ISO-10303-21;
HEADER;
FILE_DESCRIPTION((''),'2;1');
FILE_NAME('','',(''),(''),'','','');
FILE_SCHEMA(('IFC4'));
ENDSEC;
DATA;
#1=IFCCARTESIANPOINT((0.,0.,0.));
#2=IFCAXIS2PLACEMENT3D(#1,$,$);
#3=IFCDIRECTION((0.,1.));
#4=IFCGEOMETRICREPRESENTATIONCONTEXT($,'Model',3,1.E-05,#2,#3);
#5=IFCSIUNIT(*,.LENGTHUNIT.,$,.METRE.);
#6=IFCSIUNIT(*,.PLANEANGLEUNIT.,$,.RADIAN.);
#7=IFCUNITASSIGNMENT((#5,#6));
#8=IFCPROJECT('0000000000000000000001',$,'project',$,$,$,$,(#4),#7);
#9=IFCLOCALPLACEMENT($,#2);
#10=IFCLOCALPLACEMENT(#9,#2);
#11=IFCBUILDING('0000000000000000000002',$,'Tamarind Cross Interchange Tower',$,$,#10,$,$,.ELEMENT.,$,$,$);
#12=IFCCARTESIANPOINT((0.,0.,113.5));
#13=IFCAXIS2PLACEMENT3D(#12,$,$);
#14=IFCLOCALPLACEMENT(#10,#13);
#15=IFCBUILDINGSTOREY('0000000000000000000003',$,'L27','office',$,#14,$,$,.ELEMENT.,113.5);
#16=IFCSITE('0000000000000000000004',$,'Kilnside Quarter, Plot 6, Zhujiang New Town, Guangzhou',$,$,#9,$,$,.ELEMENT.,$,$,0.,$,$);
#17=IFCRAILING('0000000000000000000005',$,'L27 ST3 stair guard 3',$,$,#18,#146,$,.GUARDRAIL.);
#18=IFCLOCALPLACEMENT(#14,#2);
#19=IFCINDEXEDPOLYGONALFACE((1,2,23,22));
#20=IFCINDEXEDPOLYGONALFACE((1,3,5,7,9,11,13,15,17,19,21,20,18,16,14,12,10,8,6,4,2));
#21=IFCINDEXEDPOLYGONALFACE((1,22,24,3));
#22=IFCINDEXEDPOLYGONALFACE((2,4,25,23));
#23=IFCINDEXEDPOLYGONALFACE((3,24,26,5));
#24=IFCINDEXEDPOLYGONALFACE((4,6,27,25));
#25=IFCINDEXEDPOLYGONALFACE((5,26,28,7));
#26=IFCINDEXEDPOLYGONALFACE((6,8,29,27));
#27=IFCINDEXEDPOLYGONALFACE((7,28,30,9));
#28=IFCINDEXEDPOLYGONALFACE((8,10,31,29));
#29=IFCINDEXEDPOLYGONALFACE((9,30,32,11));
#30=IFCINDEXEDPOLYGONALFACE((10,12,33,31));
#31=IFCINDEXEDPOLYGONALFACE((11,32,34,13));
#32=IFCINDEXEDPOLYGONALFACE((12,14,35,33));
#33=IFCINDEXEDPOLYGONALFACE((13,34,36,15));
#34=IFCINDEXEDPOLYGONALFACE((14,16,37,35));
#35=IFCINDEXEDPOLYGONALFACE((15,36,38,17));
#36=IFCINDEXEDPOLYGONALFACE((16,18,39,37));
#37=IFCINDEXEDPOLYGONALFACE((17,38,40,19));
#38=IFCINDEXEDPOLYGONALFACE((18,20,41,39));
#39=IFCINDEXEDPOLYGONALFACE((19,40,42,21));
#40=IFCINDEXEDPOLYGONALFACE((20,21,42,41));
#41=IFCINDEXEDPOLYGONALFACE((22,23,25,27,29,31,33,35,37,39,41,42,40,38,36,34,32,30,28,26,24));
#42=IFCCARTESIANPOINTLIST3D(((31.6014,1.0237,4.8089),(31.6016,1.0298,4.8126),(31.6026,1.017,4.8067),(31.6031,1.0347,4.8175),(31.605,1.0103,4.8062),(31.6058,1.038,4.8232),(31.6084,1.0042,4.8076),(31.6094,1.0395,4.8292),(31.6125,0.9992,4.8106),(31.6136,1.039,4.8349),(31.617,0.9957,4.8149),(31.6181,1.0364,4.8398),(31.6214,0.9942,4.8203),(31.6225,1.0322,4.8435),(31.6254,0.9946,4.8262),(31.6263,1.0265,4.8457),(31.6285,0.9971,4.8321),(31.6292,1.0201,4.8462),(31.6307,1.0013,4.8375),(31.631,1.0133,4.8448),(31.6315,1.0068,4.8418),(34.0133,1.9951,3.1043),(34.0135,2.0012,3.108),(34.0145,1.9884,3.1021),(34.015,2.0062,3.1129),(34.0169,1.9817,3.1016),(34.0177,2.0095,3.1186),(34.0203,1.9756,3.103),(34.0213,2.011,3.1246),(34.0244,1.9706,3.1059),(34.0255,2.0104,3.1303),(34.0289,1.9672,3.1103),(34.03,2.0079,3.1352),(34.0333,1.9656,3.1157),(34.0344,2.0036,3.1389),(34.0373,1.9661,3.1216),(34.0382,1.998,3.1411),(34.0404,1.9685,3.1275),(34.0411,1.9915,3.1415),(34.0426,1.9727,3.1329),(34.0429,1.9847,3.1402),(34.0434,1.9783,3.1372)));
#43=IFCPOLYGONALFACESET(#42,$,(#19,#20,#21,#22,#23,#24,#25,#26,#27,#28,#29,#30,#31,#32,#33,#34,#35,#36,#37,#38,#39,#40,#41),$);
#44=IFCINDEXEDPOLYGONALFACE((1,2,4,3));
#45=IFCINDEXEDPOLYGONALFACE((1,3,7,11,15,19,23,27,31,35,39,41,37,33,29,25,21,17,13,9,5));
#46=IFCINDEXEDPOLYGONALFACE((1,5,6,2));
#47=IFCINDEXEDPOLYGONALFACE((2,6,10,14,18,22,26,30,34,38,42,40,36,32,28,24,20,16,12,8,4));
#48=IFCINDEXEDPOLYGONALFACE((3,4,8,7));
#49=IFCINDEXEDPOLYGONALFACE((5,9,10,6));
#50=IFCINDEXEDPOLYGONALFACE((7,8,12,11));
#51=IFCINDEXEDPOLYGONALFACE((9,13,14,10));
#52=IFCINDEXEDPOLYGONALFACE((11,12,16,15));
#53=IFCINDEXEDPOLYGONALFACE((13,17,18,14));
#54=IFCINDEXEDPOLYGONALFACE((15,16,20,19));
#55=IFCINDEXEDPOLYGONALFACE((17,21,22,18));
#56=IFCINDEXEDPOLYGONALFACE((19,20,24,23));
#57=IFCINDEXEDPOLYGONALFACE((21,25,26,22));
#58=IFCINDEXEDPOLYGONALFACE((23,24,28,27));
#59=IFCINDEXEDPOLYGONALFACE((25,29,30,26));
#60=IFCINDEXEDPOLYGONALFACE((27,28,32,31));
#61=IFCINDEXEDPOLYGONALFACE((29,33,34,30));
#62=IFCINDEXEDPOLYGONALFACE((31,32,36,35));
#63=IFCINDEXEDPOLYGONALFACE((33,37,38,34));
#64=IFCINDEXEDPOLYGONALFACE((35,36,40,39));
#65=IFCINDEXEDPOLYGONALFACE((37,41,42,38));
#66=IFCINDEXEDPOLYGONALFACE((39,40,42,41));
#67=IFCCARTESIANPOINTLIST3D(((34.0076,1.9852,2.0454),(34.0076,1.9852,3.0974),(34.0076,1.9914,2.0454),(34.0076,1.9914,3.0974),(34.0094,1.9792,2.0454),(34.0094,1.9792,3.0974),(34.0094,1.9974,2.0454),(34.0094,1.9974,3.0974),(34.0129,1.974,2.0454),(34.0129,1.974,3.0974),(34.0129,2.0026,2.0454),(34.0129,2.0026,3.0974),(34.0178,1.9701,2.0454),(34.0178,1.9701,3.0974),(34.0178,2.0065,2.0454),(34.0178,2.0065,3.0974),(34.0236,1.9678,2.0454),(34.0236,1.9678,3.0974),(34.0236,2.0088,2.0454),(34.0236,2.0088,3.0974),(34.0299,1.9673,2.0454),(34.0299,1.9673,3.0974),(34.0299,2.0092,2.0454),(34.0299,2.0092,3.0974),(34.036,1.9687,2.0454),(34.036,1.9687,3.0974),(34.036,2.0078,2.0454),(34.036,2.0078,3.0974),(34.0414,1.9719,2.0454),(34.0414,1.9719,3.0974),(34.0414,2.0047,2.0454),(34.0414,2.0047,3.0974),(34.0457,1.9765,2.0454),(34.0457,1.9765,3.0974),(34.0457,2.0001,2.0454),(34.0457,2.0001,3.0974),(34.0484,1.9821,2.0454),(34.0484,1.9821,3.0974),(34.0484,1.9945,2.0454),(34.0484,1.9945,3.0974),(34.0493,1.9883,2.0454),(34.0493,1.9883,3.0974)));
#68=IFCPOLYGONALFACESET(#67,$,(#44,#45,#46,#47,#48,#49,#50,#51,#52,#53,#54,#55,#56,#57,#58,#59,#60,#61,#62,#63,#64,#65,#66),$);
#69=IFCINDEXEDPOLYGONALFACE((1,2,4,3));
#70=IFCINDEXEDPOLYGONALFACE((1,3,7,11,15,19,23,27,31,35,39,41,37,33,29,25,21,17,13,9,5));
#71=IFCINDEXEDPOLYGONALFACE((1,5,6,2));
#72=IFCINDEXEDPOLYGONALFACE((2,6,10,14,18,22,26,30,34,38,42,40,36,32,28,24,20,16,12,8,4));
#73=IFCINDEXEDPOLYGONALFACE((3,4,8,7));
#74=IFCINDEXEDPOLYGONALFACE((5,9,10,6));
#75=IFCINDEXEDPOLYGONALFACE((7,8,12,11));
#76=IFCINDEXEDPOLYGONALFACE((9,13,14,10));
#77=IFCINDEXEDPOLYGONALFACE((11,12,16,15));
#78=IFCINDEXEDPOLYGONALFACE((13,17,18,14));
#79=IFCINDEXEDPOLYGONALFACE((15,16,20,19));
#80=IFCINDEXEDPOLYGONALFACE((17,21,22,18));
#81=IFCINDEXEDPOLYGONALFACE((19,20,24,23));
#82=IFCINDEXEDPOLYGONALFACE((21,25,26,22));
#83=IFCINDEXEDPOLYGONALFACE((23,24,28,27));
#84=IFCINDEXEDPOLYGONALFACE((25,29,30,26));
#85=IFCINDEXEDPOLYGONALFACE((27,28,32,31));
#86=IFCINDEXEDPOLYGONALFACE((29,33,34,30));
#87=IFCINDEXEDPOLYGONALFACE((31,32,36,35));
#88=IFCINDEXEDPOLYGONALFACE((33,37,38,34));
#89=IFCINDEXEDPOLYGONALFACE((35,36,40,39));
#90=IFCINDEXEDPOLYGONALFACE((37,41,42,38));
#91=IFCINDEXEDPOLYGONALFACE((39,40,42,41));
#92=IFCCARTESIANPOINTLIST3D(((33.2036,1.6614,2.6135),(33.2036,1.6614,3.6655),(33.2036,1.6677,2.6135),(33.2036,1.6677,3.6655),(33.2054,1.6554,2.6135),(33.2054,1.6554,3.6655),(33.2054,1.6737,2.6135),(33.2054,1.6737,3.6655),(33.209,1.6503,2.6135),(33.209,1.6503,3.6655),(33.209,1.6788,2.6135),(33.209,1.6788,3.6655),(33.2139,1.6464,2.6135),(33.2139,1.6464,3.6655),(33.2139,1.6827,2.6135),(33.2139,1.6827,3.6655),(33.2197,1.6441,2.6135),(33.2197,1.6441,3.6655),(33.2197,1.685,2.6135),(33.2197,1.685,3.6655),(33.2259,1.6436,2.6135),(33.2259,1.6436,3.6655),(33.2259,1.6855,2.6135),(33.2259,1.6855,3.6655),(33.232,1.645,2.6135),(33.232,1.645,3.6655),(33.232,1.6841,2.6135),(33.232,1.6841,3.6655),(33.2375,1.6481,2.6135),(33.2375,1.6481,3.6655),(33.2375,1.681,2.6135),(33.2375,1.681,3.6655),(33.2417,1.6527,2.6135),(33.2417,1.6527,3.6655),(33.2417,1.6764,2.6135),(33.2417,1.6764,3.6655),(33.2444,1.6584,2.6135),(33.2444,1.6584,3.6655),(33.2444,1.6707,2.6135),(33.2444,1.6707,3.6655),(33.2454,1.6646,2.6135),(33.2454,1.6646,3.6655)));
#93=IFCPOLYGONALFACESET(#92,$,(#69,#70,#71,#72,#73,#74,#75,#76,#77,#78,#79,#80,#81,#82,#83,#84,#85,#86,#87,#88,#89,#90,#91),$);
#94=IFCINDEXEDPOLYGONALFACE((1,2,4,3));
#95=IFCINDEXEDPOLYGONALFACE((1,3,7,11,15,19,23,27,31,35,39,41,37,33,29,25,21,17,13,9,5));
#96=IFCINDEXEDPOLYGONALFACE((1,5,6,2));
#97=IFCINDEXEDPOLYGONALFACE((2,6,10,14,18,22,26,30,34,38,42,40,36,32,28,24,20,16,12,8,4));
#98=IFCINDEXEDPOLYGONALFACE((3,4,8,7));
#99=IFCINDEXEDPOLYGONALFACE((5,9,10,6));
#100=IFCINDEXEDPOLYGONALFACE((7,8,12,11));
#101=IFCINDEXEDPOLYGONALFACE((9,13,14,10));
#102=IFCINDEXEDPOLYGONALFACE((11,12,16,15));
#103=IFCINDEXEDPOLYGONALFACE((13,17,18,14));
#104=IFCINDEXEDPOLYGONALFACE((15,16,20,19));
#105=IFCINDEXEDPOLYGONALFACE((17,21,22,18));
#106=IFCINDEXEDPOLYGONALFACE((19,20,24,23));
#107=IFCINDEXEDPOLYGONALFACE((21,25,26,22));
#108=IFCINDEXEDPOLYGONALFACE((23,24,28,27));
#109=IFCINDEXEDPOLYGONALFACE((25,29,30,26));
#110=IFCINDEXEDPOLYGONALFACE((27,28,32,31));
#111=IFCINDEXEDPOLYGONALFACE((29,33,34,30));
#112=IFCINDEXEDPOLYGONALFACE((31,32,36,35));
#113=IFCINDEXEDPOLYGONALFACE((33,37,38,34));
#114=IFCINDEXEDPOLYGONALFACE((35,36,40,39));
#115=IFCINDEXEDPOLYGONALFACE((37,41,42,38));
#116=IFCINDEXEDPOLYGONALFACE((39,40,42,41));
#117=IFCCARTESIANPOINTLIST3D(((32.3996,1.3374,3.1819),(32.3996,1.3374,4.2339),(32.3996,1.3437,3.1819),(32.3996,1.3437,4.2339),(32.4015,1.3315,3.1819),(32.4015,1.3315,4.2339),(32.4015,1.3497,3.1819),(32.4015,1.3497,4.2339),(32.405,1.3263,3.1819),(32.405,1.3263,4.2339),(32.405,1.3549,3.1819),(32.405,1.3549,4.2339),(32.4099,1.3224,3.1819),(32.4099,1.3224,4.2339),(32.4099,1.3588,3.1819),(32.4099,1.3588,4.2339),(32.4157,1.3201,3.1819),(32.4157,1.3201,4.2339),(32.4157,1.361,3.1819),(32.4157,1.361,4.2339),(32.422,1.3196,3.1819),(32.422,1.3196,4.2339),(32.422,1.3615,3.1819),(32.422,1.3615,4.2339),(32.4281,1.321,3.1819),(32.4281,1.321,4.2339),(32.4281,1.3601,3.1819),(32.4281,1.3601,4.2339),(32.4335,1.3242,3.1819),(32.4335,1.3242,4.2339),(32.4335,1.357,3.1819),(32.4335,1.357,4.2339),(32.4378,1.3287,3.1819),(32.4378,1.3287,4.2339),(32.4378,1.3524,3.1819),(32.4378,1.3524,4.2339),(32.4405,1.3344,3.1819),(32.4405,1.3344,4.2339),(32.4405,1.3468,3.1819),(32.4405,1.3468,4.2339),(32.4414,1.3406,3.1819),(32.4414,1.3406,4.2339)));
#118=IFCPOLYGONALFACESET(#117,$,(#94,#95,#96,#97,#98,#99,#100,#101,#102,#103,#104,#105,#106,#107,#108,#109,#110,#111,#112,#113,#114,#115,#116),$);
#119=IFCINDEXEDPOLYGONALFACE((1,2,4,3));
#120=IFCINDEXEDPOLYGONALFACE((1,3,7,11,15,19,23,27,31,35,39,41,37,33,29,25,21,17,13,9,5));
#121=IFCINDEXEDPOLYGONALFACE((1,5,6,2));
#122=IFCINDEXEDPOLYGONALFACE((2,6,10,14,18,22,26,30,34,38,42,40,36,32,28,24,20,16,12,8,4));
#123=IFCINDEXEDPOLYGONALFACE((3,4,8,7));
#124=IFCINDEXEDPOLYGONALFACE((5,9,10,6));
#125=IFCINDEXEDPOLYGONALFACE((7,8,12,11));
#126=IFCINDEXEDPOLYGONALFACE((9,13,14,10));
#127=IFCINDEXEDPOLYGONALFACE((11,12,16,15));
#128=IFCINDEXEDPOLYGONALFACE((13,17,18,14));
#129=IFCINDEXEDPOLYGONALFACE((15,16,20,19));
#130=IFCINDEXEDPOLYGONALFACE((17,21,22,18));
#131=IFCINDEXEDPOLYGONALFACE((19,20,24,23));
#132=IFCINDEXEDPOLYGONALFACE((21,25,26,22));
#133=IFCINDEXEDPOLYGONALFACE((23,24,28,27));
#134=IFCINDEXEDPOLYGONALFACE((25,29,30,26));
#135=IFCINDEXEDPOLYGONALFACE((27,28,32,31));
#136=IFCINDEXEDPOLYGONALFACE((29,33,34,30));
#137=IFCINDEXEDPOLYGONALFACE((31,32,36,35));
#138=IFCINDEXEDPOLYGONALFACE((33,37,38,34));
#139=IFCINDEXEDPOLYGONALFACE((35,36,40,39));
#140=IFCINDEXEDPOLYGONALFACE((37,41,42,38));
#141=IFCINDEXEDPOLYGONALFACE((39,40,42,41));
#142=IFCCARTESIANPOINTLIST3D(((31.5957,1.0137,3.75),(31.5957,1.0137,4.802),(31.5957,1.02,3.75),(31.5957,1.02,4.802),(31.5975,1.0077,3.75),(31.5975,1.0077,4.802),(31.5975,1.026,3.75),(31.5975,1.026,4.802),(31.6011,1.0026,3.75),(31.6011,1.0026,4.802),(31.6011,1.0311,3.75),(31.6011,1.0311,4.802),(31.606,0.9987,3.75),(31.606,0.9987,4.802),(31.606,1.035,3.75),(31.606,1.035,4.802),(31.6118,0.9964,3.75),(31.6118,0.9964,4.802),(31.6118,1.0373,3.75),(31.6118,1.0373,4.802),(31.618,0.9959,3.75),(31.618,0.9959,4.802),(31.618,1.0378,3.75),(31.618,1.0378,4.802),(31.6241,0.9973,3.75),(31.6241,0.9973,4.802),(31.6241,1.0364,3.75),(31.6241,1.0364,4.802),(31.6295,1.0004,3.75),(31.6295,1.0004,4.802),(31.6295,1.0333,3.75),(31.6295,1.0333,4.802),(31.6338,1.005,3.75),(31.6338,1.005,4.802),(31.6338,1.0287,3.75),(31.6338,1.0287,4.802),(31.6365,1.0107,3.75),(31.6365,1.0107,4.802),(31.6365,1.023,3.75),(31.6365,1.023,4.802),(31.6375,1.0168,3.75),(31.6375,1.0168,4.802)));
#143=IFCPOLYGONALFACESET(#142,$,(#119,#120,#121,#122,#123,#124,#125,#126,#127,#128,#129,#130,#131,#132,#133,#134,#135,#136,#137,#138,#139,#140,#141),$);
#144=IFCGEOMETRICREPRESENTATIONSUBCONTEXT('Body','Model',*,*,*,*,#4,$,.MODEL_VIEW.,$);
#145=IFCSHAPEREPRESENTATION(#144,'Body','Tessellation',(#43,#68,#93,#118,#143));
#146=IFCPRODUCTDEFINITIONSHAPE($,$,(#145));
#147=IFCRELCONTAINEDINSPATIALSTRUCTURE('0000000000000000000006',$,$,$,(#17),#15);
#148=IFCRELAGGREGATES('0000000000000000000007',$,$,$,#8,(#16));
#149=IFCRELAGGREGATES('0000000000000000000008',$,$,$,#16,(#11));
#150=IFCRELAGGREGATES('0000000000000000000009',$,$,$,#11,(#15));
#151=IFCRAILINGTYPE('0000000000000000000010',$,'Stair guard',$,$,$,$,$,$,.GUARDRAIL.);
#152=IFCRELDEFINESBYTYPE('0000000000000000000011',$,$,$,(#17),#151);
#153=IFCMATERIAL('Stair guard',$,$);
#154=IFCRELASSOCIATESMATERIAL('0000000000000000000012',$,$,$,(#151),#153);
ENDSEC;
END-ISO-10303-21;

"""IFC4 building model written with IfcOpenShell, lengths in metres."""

from ifc_helpers import new_model, si_unit, direction, frame, origin, origin_2d, place, context, subcontext, project, spatial, circle, extrude, material, type_object, element, save


model = new_model("IFC4")

# Units and contexts
model_context = context("Model", 3, precision=1e-05, world=origin(), true_north=direction((0.0, 1.0)))
body_context = subcontext(model_context, "Body", "Model", "MODEL_VIEW")
ifc_project = project(units=[si_unit("LENGTHUNIT", "METRE"), si_unit("PLANEANGLEUNIT", "RADIAN")], contexts=[model_context])

# Site, building, storey
site_placement = place(None, origin())
site = spatial("IfcSite", under=ifc_project, at=site_placement, Name="Kilnside Quarter, Plot 6, Zhujiang New Town, Guangzhou", CompositionType="ELEMENT", RefElevation=0.0)
building_placement = place(site_placement, origin())
building = spatial("IfcBuilding", under=site, at=building_placement, Name="Tamarind Cross Interchange Tower", CompositionType="ELEMENT")
storey_placement = place(building_placement, frame((0.0, 0.0, 113.5)))
storey = spatial("IfcBuildingStorey", under=building, at=storey_placement, Name="L27", Description="office", CompositionType="ELEMENT", Elevation=113.5)

# Railing
ifc_material_1 = material(Name="Stair guard")
railing_type_1 = type_object("IfcRailingType", Name="Stair guard", PredefinedType="GUARDRAIL", material=ifc_material_1)
railing_1_placement = place(storey_placement, frame((34.0283, 1.9883, 2.0454)))
element("IfcRailing", 1, at=railing_1_placement, inside=storey, type_object=railing_type_1, Name="L27 ST3 stair guard 3", PredefinedType="GUARDRAIL", context=body_context, shape_type="SweptSolid", body=[
    extrude(circle(Radius=0.0239, at=origin_2d()), frame((0.0, 0.0, 1.0762), z_axis=(-0.775748, -0.312451, 0.548261), x_axis=(0.373607, -0.927587, 0.0)), (0.0, 0.0, 1.0), 3.1091),
    extrude(circle(Radius=0.021, at=origin_2d()), origin(), (0.0, 0.0, 1.0), 1.052),
    extrude(circle(Radius=0.021, at=origin_2d()), frame((-0.804, -0.3237, 0.5681)), (0.0, 0.0, 1.0), 1.052),
    extrude(circle(Radius=0.021, at=origin_2d()), frame((-1.6079, -0.6477, 1.1365)), (0.0, 0.0, 1.0), 1.052),
    extrude(circle(Radius=0.021, at=origin_2d()), frame((-2.4119, -0.9714, 1.7046)), (0.0, 0.0, 1.0), 1.052),
])

save(model, "model.ifc")
